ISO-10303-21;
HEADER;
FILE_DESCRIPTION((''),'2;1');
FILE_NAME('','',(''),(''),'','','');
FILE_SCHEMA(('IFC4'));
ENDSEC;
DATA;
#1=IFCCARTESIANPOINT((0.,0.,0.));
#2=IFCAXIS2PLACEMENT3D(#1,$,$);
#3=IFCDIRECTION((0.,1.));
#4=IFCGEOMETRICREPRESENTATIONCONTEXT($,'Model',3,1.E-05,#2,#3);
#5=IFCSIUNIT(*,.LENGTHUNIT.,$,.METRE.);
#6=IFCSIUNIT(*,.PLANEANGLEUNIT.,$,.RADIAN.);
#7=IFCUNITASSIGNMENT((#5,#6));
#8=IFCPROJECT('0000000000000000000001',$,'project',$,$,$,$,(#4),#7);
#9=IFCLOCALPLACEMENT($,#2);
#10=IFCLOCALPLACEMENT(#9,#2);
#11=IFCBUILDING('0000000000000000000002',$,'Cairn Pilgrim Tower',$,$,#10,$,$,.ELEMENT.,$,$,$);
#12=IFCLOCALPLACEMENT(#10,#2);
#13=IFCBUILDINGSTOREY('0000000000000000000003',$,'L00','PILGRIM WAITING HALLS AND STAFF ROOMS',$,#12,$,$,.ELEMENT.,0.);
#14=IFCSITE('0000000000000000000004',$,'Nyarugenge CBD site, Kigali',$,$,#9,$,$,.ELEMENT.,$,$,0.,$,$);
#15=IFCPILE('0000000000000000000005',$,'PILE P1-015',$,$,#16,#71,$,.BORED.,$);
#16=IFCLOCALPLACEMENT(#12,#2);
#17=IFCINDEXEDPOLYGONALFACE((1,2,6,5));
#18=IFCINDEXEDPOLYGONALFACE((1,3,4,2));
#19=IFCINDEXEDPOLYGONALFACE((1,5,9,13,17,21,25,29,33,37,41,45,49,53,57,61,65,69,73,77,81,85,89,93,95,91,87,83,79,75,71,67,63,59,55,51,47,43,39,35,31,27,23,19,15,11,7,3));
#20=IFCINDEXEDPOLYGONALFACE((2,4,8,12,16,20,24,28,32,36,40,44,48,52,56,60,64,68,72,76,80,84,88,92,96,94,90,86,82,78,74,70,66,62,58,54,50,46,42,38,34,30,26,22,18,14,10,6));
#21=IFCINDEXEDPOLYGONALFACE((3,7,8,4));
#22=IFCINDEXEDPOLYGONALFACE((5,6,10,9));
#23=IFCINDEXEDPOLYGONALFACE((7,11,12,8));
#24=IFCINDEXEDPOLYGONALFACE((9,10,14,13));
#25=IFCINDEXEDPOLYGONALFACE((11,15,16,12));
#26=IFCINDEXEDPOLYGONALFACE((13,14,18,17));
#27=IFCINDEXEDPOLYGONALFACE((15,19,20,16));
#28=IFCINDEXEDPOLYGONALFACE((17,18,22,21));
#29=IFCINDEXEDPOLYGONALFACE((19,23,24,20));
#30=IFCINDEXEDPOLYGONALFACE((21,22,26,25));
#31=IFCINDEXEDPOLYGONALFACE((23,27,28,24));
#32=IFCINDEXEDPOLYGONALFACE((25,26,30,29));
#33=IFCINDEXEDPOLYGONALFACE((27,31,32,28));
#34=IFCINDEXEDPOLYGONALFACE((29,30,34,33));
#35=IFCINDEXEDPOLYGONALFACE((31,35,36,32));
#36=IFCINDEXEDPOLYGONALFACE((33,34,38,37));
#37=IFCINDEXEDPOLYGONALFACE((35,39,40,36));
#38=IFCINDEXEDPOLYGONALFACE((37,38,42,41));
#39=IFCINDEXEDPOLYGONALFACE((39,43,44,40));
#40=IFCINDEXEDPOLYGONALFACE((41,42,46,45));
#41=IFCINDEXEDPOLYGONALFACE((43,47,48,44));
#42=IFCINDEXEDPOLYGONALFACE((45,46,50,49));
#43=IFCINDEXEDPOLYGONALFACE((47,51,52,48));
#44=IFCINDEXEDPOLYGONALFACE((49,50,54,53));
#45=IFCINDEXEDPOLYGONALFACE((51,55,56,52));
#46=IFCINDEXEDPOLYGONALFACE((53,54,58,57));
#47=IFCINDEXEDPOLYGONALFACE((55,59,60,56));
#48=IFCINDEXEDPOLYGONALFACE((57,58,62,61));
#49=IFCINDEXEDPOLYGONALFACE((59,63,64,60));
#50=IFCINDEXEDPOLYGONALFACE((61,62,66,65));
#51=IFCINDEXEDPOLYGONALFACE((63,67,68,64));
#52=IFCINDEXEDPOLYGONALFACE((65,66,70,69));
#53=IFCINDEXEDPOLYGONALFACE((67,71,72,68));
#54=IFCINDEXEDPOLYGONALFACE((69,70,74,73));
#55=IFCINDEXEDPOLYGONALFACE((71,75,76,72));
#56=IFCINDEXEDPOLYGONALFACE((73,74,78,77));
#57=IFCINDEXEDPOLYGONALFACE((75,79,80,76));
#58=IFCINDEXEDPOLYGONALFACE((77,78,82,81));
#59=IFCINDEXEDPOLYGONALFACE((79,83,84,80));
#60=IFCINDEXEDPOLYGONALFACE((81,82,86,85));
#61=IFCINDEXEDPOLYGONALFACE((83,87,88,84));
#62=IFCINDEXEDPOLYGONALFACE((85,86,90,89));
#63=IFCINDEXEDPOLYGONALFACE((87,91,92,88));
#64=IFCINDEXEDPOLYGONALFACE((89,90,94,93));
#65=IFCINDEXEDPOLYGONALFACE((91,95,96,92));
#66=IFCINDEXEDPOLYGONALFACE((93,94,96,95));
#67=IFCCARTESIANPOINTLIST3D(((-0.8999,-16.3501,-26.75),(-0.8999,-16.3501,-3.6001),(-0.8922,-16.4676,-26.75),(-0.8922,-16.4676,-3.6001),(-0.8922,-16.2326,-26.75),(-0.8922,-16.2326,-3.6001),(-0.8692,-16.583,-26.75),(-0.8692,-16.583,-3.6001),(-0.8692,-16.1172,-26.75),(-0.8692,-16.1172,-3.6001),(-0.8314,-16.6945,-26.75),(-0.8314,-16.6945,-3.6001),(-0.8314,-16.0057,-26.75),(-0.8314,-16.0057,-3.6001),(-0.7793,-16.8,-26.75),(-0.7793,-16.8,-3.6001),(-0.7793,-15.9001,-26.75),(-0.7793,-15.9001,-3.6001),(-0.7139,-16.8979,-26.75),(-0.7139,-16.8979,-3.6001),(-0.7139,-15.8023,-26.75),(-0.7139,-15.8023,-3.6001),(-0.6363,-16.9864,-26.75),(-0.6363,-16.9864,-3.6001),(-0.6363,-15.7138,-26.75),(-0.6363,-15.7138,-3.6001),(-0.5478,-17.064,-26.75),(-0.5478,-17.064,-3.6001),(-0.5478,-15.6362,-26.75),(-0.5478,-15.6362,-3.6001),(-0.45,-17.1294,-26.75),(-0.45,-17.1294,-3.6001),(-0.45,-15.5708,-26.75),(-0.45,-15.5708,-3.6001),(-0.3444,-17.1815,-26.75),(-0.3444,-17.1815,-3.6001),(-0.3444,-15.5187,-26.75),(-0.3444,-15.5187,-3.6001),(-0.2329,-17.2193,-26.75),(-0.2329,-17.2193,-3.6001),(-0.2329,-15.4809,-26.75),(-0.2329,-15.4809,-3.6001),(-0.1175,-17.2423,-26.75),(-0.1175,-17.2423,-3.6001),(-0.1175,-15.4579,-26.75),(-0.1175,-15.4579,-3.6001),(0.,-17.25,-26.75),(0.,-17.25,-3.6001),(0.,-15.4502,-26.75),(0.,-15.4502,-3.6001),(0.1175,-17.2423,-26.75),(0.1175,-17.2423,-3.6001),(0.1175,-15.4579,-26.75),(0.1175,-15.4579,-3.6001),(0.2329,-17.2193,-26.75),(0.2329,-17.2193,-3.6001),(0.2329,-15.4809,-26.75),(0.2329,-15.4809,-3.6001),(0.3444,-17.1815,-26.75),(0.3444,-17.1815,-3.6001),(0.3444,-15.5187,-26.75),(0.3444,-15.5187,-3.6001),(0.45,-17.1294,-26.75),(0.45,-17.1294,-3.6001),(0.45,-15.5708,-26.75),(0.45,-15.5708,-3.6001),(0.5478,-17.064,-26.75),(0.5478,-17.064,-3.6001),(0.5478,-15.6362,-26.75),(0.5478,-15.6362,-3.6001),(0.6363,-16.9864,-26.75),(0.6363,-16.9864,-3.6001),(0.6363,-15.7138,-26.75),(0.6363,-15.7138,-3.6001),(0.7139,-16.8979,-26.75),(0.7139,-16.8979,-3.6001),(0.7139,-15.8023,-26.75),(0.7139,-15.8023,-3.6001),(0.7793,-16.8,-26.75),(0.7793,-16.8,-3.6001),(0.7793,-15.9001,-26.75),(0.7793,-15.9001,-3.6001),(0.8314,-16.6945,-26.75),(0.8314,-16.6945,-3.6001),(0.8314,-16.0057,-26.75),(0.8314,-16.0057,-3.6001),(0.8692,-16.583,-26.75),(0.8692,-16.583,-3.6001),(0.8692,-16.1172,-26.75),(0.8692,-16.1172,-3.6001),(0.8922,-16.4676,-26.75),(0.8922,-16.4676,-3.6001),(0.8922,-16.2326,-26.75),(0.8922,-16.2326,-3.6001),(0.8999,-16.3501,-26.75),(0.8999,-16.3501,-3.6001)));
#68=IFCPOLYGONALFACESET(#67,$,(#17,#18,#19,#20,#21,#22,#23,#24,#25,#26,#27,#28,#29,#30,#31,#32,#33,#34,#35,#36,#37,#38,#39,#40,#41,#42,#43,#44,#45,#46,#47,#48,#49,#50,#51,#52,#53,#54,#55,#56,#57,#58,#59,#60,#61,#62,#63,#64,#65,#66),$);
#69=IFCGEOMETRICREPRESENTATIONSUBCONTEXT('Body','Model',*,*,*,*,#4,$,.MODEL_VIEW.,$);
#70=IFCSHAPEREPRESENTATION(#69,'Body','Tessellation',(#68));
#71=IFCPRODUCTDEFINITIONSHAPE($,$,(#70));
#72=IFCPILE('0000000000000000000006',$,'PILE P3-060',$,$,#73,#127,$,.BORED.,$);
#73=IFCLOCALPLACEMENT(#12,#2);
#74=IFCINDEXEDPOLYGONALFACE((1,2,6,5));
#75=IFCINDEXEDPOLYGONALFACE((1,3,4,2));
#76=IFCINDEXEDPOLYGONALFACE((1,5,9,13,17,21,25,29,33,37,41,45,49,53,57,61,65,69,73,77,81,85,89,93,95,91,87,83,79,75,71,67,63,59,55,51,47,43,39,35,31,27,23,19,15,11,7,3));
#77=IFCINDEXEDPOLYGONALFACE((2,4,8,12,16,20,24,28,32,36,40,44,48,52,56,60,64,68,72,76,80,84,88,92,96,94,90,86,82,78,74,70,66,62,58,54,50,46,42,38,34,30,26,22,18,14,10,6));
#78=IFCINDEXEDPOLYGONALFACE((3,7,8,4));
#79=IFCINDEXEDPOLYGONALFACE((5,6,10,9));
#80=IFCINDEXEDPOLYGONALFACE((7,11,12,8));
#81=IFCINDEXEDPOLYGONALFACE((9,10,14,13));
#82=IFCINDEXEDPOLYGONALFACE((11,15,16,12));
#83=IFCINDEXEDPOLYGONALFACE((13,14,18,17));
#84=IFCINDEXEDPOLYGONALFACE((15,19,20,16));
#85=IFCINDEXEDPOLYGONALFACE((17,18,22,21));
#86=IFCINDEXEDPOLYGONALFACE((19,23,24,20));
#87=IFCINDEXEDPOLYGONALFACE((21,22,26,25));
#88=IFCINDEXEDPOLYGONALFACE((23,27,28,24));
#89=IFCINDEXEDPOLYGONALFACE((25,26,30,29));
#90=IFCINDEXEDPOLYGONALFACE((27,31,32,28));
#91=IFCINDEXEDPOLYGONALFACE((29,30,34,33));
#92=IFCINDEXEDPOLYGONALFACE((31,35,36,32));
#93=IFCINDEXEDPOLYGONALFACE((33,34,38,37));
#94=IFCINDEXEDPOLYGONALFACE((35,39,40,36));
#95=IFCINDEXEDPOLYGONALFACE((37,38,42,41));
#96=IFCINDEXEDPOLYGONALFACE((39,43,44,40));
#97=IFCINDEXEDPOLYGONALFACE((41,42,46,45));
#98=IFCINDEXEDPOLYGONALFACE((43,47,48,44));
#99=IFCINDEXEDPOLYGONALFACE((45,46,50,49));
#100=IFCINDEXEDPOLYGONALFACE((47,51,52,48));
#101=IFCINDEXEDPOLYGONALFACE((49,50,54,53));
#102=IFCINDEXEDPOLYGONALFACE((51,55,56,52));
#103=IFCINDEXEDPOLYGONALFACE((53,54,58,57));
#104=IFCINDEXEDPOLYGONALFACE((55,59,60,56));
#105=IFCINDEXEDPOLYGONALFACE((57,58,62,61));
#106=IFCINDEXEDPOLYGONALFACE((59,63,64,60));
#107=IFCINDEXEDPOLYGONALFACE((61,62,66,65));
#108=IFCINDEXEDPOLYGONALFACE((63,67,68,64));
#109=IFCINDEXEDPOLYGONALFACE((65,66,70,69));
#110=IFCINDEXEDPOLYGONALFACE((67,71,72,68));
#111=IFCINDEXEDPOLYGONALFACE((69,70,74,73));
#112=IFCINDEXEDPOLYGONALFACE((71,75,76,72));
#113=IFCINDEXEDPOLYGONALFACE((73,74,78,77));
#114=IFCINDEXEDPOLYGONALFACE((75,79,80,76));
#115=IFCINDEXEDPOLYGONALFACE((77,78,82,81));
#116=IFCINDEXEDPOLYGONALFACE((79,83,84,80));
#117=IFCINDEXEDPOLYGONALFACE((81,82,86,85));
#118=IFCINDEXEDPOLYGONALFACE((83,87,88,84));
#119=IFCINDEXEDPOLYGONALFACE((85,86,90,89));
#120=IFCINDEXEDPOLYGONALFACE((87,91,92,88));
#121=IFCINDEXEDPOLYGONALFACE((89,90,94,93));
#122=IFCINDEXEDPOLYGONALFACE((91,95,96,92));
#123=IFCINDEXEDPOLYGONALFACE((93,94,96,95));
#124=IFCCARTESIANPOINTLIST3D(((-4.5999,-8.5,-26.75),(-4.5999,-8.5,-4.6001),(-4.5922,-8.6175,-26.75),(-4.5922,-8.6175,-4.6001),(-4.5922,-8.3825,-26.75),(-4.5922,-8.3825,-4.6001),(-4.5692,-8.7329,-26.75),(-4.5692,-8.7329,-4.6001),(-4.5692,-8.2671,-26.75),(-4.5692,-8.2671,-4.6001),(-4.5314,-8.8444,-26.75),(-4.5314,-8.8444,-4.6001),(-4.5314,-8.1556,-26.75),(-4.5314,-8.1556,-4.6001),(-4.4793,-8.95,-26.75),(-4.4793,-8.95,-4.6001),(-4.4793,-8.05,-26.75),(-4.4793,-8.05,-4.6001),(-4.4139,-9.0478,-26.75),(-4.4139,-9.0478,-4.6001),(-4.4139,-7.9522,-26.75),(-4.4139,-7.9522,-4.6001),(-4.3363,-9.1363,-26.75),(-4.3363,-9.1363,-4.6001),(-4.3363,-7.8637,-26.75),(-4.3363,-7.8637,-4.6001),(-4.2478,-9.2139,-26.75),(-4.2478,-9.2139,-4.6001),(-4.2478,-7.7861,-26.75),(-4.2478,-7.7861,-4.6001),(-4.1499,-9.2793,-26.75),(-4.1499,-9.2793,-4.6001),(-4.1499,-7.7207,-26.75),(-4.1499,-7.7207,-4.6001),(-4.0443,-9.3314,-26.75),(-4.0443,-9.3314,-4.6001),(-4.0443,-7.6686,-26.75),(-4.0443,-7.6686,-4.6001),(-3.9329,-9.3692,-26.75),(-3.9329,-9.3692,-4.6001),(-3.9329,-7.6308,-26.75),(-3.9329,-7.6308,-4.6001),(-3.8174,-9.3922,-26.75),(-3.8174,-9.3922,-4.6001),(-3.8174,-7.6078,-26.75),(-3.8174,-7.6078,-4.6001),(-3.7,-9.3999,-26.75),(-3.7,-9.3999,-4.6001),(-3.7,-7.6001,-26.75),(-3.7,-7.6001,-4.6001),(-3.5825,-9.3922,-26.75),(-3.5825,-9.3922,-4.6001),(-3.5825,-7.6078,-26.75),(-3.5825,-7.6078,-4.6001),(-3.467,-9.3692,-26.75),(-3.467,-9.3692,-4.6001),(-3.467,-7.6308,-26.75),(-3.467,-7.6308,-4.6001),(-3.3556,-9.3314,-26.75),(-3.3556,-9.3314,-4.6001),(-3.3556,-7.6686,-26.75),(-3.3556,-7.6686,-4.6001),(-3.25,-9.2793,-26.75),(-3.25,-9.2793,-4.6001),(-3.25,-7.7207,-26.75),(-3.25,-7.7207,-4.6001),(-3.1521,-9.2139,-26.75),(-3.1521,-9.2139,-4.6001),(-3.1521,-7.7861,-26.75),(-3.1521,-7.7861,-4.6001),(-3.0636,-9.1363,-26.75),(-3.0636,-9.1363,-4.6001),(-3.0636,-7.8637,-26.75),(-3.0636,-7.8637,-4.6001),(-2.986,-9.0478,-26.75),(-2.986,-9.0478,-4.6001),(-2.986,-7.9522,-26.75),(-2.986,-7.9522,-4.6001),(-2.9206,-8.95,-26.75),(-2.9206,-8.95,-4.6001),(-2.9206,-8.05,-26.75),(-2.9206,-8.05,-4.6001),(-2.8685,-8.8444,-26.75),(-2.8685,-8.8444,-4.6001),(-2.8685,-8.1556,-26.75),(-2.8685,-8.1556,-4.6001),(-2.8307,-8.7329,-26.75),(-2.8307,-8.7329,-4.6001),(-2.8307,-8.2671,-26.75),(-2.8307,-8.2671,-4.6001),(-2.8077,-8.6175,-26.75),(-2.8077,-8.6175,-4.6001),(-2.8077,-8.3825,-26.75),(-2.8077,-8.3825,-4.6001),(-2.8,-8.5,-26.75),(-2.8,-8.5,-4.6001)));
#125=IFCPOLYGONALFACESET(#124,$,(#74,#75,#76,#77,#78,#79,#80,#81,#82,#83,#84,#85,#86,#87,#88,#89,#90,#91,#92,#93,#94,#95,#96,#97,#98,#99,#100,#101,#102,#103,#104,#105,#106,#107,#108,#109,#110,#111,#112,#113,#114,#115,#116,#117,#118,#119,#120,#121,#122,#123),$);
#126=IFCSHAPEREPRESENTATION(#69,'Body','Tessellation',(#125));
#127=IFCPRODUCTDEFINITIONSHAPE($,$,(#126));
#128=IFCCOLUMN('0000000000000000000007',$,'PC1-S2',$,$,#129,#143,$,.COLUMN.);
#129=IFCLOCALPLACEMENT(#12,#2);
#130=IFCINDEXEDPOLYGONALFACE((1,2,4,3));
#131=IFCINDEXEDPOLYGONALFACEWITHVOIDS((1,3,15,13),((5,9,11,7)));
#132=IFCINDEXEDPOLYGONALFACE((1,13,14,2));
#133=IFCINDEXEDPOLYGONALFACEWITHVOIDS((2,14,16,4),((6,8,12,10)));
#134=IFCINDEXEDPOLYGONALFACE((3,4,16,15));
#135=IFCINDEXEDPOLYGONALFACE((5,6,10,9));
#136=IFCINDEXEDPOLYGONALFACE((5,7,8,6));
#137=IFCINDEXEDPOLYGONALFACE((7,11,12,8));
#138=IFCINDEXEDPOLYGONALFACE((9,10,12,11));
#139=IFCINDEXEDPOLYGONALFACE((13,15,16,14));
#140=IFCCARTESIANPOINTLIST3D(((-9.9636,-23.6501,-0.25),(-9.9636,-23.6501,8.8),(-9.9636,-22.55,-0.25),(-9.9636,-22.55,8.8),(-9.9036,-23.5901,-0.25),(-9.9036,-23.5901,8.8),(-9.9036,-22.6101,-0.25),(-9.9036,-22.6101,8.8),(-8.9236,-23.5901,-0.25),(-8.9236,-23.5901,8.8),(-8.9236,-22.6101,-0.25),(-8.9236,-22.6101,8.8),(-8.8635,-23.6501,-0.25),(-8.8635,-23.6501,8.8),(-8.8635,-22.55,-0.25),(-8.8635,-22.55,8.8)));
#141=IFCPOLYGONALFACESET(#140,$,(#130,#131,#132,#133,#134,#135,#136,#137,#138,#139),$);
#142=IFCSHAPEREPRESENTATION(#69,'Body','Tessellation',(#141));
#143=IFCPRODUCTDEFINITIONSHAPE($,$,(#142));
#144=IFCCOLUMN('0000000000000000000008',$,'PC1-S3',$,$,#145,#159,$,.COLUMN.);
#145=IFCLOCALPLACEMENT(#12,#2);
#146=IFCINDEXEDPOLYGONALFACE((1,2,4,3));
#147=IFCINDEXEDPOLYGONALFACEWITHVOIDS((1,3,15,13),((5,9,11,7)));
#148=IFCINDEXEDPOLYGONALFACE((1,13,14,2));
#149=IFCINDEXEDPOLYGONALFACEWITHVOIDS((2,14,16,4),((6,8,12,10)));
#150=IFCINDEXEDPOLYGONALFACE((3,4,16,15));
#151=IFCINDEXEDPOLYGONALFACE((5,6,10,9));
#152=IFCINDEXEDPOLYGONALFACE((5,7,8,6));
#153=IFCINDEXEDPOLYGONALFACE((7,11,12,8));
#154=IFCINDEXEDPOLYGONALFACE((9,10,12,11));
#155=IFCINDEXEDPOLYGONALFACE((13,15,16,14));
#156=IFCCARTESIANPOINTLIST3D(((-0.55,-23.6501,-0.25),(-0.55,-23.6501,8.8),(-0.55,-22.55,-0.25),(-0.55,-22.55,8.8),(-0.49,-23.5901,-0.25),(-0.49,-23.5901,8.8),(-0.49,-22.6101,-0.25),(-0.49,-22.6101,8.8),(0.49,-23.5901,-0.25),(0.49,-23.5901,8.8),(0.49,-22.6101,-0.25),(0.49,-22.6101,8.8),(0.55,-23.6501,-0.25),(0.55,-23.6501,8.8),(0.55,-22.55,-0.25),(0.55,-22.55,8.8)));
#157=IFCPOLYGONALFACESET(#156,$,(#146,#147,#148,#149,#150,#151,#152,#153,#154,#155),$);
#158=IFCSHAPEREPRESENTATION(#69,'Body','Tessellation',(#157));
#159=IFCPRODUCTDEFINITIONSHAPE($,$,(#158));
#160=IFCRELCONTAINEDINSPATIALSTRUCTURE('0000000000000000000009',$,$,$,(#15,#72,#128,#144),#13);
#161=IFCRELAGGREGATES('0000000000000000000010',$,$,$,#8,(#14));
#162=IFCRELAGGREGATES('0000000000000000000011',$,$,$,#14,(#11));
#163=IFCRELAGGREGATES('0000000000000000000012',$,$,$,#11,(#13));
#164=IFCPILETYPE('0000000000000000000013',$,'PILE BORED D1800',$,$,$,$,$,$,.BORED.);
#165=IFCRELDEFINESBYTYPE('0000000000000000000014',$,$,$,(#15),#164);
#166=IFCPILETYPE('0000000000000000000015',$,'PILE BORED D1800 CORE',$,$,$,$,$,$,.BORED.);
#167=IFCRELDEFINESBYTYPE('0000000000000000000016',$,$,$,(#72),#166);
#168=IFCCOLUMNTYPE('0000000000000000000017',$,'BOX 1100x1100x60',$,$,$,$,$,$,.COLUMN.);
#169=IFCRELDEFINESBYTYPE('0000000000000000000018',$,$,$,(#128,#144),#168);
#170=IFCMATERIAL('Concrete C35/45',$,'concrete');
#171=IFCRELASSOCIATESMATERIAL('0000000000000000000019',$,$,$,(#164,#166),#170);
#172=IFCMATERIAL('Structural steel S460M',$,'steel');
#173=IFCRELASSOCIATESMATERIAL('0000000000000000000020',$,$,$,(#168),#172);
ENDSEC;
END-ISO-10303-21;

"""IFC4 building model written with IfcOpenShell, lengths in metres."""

from ifc_helpers import new_model, si_unit, direction, frame, origin, origin_2d, place, context, subcontext, project, spatial, hollow_rectangle, circle, extrude, material, material_profile, profile_set, type_object, element, save


model = new_model("IFC4")

# Units and contexts
model_context = context("Model", 3, precision=1e-05, world=origin(), true_north=direction((0.0, 1.0)))
body_context = subcontext(model_context, "Body", "Model", "MODEL_VIEW")
ifc_project = project(units=[si_unit("LENGTHUNIT", "METRE"), si_unit("PLANEANGLEUNIT", "RADIAN")], contexts=[model_context])

# Site, building, storey
site_placement = place(None, origin())
site = spatial("IfcSite", under=ifc_project, at=site_placement, Name="Nyarugenge CBD site, Kigali", CompositionType="ELEMENT", RefElevation=0.0)
building_placement = place(site_placement, origin())
building = spatial("IfcBuilding", under=site, at=building_placement, Name="Cairn Pilgrim Tower", CompositionType="ELEMENT")
storey_placement = place(building_placement, origin())
storey = spatial("IfcBuildingStorey", under=building, at=storey_placement, Name="L00", Description="PILGRIM WAITING HALLS AND STAFF ROOMS", CompositionType="ELEMENT", Elevation=0.0)

# Piles
ifc_material_1 = material(Name="Concrete C35/45", Category="concrete")
ifc_material_profile_1 = material_profile(ifc_material_1, circle(Radius=0.8999, at=origin_2d()), Name="D1800")
ifc_profile_set_1 = profile_set([ifc_material_profile_1], Name="Concrete C35/45")
pile_type_1 = type_object("IfcPileType", Name="PILE BORED D1800", PredefinedType="BORED", material=ifc_profile_set_1)
for number, where, z_axis, x_axis, name in (
    (1, (0.0, -16.3501, -3.6001), (0.0, 0.0, -1.0), (1.0, 0.0, 0.0), "PILE P1-015"),
):
    element("IfcPile", number, at=place(storey_placement, frame(where, z_axis=z_axis, x_axis=x_axis)), inside=storey, type_object=pile_type_1, Name=name, PredefinedType="BORED", context=body_context, shape_type="SweptSolid", body=[
        extrude(circle(Radius=0.8999, at=origin_2d()), origin(), (0.0, 0.0, 1.0), 23.1499),
    ])
ifc_material_profile_2 = material_profile(ifc_material_1, circle(Radius=0.8999, at=origin_2d()), Name="D1800")
ifc_profile_set_2 = profile_set([ifc_material_profile_2], Name="Concrete C35/45")
pile_type_2 = type_object("IfcPileType", Name="PILE BORED D1800 CORE", PredefinedType="BORED", material=ifc_profile_set_2)
pile_placement = place(storey_placement, frame((-3.7, -8.5, -4.6001), z_axis=(0.0, 0.0, -1.0), x_axis=(1.0, 0.0, 0.0)))
element("IfcPile", 2, at=pile_placement, inside=storey, type_object=pile_type_2, Name="PILE P3-060", PredefinedType="BORED", context=body_context, shape_type="SweptSolid", body=[
    extrude(circle(Radius=0.8999, at=origin_2d()), origin(), (0.0, 0.0, 1.0), 22.1499),
])

# Columns
ifc_material_2 = material(Name="Structural steel S460M", Category="steel")
ifc_material_profile_3 = material_profile(ifc_material_2, hollow_rectangle(XDim=1.1001, YDim=1.1001, WallThickness=0.0601, at=origin_2d()), Name="BOX 1100x1100x60")
ifc_profile_set_3 = profile_set([ifc_material_profile_3], Name="Structural steel S460M")
column_type_1 = type_object("IfcColumnType", Name="BOX 1100x1100x60", PredefinedType="COLUMN", material=ifc_profile_set_3)
for number, where, z_axis, x_axis, name in (
    (3, (-9.4136, -23.1001, -0.25), (0.0, 0.0, 1.0), (1.0, 0.0, 0.0), "PC1-S2"),
    (4, (0.0, -23.1001, -0.25), (0.0, 0.0, 1.0), (1.0, 0.0, 0.0), "PC1-S3"),
):
    element("IfcColumn", number, at=place(storey_placement, frame(where, z_axis=z_axis, x_axis=x_axis)), inside=storey, type_object=column_type_1, Name=name, PredefinedType="COLUMN", context=body_context, shape_type="SweptSolid", body=[
        extrude(hollow_rectangle(XDim=1.1001, YDim=1.1001, WallThickness=0.0601, at=origin_2d()), origin(), (0.0, 0.0, 1.0), 9.05),
    ])

save(model, "model.ifc")
